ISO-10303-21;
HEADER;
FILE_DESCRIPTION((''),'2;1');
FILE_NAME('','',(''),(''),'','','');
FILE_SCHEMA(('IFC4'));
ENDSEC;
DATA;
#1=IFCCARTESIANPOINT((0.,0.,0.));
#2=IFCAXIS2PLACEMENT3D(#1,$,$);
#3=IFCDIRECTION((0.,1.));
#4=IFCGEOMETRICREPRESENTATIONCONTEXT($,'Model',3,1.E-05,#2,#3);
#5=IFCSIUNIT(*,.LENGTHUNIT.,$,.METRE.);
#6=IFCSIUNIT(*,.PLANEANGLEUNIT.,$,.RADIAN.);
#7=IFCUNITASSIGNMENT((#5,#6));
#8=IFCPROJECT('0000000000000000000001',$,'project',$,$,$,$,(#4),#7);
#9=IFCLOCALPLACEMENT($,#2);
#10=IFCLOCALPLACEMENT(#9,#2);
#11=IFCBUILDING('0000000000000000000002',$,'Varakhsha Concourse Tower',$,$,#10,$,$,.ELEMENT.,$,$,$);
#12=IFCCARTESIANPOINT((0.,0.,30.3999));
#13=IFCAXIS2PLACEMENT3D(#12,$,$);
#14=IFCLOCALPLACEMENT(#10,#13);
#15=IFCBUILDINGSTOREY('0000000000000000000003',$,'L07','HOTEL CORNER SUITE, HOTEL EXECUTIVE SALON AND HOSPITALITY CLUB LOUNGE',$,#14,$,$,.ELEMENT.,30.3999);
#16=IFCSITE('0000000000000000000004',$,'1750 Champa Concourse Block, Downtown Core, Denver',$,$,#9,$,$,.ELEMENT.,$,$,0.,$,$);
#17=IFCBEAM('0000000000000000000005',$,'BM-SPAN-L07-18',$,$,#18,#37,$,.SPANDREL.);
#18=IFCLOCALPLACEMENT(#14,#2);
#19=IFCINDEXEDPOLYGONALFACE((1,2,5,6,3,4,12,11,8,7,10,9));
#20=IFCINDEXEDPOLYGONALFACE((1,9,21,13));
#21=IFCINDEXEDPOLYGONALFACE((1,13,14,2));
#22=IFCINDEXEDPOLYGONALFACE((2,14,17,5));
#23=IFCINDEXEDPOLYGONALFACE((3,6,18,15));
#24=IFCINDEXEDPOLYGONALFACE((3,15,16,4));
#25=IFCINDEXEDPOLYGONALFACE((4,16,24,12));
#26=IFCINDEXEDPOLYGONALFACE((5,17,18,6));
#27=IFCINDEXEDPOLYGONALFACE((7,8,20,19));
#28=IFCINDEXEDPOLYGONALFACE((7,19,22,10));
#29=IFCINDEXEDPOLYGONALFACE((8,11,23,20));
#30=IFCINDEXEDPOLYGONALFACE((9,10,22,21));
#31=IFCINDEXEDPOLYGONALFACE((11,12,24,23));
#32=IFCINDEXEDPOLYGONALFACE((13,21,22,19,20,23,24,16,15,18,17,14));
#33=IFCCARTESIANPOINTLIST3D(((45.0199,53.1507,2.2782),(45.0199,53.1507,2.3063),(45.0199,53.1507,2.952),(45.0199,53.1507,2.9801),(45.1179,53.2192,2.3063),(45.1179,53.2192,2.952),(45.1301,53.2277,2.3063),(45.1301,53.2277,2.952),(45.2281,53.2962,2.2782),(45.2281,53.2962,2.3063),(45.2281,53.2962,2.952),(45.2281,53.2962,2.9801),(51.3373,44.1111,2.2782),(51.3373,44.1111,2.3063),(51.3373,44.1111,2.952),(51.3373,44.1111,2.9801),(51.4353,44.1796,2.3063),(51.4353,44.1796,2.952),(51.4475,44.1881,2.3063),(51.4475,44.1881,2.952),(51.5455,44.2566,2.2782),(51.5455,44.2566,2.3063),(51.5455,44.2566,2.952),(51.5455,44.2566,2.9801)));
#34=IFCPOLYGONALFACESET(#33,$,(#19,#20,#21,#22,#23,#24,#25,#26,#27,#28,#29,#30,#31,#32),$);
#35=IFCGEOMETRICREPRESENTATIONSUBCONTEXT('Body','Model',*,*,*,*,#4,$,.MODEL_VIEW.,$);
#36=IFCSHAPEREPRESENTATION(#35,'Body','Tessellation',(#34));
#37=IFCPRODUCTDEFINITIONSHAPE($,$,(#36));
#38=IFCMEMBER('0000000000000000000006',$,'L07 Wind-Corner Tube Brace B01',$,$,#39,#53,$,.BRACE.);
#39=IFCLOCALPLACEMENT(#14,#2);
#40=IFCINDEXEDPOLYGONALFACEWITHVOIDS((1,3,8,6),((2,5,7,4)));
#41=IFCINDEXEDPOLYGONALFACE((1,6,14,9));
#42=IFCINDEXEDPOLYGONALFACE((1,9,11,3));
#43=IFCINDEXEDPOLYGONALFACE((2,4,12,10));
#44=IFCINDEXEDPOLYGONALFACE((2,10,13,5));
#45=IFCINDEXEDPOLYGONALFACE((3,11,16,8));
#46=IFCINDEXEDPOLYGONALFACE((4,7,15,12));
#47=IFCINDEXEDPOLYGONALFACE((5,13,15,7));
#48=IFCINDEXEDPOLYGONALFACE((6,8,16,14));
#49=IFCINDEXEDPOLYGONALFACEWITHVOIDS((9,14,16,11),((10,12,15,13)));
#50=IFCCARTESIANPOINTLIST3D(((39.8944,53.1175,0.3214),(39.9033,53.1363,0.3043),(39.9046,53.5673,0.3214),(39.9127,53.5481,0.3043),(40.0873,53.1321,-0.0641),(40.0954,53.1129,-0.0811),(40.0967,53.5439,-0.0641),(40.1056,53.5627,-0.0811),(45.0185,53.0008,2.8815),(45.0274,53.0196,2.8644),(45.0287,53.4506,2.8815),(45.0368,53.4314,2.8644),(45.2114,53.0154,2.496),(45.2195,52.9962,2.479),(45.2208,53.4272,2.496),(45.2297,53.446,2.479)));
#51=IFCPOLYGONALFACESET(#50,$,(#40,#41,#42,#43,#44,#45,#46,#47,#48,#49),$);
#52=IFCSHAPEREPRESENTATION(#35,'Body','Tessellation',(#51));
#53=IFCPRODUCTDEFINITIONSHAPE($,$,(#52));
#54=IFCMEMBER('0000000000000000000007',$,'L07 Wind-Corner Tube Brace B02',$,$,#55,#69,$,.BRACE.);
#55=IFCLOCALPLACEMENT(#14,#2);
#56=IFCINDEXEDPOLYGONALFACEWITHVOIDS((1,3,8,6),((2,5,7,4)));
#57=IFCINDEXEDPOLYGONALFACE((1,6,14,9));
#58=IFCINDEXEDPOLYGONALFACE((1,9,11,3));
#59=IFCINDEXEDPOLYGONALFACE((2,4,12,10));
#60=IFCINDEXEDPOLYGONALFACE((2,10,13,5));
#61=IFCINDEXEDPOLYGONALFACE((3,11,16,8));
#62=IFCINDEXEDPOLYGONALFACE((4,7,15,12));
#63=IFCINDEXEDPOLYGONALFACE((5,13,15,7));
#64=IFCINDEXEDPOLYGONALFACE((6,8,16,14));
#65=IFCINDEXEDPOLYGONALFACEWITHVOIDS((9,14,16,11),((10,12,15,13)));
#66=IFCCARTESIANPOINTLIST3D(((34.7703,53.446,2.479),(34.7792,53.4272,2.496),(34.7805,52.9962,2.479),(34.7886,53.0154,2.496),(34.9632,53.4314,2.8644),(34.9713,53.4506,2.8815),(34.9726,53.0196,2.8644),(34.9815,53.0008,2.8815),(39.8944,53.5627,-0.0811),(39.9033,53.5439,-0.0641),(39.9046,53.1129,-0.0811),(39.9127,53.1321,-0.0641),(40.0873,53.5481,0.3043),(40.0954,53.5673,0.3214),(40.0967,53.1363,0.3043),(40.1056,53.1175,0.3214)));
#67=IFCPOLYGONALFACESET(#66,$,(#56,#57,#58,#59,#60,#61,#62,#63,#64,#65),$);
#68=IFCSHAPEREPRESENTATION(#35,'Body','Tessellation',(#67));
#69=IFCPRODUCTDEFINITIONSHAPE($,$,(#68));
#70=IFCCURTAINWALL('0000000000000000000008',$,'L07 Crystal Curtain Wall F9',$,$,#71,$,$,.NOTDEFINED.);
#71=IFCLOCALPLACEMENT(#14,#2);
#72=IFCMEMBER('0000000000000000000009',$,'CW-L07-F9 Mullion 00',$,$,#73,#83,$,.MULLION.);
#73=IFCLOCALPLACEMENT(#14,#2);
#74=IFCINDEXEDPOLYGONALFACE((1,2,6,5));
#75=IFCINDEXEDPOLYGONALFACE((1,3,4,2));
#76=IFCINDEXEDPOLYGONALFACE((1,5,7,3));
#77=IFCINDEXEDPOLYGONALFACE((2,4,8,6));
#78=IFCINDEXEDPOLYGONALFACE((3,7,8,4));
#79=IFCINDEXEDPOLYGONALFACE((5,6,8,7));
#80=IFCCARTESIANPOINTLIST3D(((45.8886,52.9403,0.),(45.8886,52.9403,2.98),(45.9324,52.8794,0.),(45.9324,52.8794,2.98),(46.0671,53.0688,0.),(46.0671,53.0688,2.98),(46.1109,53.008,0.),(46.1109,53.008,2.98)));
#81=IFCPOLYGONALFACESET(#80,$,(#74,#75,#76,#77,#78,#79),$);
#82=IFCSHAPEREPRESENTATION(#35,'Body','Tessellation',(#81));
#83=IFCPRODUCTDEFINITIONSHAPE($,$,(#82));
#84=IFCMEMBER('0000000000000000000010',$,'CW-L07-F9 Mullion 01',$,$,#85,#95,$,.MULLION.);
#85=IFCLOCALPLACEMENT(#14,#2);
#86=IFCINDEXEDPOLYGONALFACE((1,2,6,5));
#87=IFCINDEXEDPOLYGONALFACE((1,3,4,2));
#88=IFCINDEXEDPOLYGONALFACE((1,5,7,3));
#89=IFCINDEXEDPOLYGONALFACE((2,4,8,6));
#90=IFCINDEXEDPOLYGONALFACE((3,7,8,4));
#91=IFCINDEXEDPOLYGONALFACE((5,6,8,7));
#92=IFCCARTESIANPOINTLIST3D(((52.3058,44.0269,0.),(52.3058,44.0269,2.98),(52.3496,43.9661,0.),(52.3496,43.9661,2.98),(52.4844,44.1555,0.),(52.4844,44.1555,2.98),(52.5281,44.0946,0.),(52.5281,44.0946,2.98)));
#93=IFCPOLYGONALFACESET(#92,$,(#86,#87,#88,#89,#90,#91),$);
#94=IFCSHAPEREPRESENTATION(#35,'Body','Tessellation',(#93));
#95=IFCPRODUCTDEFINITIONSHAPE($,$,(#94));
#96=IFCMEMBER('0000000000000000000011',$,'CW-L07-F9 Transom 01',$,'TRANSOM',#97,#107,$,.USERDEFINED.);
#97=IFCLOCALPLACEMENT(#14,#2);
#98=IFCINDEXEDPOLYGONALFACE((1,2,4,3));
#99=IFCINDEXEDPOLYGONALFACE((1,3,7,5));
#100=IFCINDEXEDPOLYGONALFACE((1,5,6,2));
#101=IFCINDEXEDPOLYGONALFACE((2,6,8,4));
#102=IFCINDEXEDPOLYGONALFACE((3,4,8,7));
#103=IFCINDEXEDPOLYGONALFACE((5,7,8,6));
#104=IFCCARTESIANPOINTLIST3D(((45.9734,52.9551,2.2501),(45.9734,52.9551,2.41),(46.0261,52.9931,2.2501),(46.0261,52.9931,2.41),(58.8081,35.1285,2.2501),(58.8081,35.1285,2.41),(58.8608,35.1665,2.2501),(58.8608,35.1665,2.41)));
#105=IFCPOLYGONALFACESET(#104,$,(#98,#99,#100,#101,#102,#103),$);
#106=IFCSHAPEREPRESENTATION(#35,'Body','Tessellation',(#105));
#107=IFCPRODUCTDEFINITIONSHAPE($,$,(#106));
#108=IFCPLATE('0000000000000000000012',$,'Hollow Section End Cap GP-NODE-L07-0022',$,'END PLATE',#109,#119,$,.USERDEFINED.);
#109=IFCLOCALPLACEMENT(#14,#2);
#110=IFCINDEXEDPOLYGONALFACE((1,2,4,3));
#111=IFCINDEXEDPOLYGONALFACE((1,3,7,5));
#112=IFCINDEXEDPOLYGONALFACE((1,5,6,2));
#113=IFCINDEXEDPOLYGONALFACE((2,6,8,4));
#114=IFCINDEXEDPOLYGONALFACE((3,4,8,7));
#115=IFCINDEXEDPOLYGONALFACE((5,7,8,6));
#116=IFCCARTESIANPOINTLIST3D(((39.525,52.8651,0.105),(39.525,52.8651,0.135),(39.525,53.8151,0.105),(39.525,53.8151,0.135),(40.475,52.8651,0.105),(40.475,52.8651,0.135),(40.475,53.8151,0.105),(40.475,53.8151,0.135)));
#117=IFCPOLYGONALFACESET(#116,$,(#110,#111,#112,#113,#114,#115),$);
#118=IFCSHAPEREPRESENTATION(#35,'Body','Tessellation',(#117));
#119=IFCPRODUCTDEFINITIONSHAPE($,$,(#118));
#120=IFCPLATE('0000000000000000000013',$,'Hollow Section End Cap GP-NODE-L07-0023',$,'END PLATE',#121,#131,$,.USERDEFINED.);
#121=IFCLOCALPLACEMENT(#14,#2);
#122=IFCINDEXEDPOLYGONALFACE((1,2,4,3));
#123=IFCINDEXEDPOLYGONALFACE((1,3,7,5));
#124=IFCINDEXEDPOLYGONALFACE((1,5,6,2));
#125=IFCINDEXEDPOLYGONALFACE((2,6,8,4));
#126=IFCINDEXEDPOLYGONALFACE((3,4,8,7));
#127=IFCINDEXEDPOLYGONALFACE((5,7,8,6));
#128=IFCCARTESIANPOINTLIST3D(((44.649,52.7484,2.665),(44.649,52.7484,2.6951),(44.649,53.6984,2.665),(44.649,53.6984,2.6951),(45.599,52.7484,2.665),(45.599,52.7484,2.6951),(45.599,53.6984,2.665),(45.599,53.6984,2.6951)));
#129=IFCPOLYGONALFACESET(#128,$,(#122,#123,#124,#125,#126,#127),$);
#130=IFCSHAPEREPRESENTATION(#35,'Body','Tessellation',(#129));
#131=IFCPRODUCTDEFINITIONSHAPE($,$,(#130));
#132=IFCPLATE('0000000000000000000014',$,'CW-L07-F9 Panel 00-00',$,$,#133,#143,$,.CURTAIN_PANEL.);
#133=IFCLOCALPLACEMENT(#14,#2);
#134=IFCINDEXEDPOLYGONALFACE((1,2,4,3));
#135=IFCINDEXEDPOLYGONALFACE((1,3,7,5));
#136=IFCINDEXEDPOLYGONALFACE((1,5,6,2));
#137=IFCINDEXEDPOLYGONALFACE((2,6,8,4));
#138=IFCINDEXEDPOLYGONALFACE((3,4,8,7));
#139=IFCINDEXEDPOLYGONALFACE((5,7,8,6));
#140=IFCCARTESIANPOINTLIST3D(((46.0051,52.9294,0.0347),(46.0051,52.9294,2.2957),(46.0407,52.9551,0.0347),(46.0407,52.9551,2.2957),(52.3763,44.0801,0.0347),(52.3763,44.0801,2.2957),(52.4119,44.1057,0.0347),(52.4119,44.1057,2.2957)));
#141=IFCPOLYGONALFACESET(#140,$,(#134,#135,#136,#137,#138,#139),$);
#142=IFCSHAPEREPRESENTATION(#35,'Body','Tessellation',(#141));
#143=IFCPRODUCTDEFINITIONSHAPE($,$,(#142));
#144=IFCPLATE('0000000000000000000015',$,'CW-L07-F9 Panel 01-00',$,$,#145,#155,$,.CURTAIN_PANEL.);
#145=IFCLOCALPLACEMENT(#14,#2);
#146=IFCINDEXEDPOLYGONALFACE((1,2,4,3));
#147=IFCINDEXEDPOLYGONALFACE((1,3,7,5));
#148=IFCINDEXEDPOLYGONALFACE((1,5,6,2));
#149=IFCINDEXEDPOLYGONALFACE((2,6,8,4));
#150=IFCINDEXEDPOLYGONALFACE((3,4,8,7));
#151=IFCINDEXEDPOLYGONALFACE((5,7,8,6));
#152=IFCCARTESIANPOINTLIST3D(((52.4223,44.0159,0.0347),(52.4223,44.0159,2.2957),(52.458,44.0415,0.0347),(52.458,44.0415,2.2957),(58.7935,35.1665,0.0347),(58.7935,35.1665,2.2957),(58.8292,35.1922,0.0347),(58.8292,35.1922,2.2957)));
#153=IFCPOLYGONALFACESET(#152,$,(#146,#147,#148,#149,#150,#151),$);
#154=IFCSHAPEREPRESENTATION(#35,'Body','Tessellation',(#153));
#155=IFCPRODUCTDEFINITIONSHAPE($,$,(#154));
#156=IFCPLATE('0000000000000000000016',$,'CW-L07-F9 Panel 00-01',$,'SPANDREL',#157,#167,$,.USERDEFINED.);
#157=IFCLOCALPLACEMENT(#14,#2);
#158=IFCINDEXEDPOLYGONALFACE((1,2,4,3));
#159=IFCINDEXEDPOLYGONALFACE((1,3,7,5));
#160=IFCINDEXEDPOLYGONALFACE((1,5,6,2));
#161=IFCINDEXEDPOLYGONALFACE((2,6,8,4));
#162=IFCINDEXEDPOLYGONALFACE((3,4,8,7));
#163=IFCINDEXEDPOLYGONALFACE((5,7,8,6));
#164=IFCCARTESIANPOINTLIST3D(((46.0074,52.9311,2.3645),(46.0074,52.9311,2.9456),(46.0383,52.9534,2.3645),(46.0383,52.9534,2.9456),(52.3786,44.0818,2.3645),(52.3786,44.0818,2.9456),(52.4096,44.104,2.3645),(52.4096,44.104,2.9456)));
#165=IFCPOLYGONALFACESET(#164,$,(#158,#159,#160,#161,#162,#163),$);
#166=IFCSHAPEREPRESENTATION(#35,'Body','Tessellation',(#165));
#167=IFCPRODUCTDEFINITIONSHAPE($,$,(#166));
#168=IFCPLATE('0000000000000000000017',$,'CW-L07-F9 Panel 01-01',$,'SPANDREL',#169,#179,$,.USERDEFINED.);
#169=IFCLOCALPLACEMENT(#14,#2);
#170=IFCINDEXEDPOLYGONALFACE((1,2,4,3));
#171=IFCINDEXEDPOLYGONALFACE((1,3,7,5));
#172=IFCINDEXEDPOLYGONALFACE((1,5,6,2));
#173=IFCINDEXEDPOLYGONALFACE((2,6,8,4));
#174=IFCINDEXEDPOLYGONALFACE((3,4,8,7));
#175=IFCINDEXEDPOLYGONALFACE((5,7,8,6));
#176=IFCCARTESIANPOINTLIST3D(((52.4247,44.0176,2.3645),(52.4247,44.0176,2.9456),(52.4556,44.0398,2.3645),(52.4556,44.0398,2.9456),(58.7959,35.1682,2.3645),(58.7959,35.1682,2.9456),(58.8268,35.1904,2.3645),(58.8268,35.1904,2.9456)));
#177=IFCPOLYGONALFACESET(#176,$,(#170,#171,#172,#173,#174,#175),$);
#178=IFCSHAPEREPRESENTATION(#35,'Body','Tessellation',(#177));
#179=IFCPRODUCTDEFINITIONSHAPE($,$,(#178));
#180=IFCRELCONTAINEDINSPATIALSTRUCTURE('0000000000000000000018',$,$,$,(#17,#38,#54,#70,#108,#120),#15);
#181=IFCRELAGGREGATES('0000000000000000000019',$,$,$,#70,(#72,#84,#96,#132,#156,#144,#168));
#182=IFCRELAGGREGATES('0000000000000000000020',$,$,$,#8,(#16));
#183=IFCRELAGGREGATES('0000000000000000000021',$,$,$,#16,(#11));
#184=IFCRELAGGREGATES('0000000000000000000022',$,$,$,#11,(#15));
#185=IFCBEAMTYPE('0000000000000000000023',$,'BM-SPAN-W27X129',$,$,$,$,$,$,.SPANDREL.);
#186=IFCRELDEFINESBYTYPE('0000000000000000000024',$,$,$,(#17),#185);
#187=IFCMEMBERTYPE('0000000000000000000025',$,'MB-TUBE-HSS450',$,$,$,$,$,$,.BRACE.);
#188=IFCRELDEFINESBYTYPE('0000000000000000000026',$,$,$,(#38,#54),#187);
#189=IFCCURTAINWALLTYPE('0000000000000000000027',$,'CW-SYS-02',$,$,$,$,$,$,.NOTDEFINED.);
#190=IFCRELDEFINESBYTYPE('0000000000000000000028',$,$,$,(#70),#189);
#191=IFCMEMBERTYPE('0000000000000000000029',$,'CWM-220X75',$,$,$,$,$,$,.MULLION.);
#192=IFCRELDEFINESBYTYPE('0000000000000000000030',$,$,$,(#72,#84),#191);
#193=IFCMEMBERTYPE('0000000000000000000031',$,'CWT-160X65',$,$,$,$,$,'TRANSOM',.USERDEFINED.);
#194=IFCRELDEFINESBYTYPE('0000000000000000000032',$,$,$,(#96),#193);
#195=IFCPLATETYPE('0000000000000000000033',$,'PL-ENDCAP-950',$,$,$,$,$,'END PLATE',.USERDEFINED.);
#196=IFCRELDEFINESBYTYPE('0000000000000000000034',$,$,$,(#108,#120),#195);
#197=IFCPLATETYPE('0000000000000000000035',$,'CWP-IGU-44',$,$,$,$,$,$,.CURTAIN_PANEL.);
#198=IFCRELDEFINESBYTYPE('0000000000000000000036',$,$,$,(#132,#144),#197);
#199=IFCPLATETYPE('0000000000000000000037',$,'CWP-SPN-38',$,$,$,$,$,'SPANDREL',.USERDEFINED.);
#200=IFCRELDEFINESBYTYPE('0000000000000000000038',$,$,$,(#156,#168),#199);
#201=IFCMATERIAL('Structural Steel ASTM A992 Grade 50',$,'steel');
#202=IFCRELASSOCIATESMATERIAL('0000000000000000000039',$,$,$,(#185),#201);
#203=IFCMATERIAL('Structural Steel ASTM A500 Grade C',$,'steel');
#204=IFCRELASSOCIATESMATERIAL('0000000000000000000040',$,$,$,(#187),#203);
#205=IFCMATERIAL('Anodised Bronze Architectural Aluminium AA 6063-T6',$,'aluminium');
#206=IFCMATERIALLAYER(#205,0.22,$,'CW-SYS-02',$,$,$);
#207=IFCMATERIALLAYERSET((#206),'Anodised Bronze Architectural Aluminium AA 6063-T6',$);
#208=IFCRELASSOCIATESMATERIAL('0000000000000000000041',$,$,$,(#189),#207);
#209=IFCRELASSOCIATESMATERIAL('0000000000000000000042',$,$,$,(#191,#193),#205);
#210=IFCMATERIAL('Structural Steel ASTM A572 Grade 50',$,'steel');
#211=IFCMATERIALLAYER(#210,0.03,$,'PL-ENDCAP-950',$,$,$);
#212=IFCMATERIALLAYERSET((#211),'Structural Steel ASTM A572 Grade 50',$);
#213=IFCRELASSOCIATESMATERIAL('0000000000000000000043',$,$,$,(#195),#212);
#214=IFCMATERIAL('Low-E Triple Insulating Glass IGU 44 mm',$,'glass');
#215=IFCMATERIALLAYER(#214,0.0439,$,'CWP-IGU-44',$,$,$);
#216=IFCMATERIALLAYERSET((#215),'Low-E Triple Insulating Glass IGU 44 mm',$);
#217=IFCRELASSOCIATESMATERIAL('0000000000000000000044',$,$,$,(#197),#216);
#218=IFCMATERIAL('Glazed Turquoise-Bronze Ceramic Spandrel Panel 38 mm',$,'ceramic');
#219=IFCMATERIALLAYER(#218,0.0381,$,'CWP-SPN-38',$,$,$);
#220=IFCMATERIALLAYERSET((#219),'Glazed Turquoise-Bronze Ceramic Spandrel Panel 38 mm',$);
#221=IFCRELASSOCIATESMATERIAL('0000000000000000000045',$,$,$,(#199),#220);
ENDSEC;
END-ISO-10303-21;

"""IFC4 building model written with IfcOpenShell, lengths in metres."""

from ifc_helpers import new_model, si_unit, direction, frame, origin, origin_2d, place, context, subcontext, project, spatial, rectangle, hollow_rectangle, i_section, extrude, source, transform, mapped, material, layer, layer_set, material_profile, profile_set, type_object, type_shapes, element, aggregate, save


model = new_model("IFC4")

# Units and contexts
model_context = context("Model", 3, precision=1e-05, world=origin(), true_north=direction((0.0, 1.0)))
body_context = subcontext(model_context, "Body", "Model", "MODEL_VIEW")
ifc_project = project(units=[si_unit("LENGTHUNIT", "METRE"), si_unit("PLANEANGLEUNIT", "RADIAN")], contexts=[model_context])

# Site, building, storey
site_placement = place(None, origin())
site = spatial("IfcSite", under=ifc_project, at=site_placement, Name="1750 Champa Concourse Block, Downtown Core, Denver", CompositionType="ELEMENT", RefElevation=0.0)
building_placement = place(site_placement, origin())
building = spatial("IfcBuilding", under=site, at=building_placement, Name="Varakhsha Concourse Tower", CompositionType="ELEMENT")
storey_placement = place(building_placement, frame((0.0, 0.0, 30.3999)))
storey = spatial("IfcBuildingStorey", under=building, at=storey_placement, Name="L07", Description="HOTEL CORNER SUITE, HOTEL EXECUTIVE SALON AND HOSPITALITY CLUB LOUNGE", CompositionType="ELEMENT", Elevation=30.3999)

# Shared definitions
ifc_material_1 = material(Name="Structural Steel ASTM A992 Grade 50", Category="steel")
ifc_material_2 = material(Name="Structural Steel ASTM A572 Grade 50", Category="steel")

# Beam
ifc_material_profile_1 = material_profile(ifc_material_1, i_section(OverallWidth=0.2539, OverallDepth=0.7019, WebThickness=0.0149, FlangeThickness=0.0281, at=origin_2d()), Name="W27X129")
ifc_profile_set_1 = profile_set([ifc_material_profile_1], Name="Structural Steel ASTM A992 Grade 50")
beam_type_1 = type_object("IfcBeamType", Name="BM-SPAN-W27X129", PredefinedType="SPANDREL", material=ifc_profile_set_1)
beam_1_placement = place(storey_placement, frame((51.4414, 44.1838, 2.6292), z_axis=(-0.572835, 0.819671, 0.0), x_axis=(-0.819671, -0.572835, 0.0)))
element("IfcBeam", 1, at=beam_1_placement, inside=storey, type_object=beam_type_1, Name="BM-SPAN-L07-18", PredefinedType="SPANDREL", context=body_context, shape_type="SweptSolid", body=[
    extrude(i_section(OverallWidth=0.2539, OverallDepth=0.7019, WebThickness=0.0149, FlangeThickness=0.0281, at=origin_2d()), origin(), (0.0, 0.0, 1.0), 11.0283),
])

# Members
ifc_material_3 = material(Name="Structural Steel ASTM A500 Grade C", Category="steel")
ifc_material_profile_2 = material_profile(ifc_material_3, hollow_rectangle(XDim=0.45, YDim=0.45, WallThickness=0.019, at=origin_2d()), Name="HSS 450x450x19")
ifc_profile_set_2 = profile_set([ifc_material_profile_2], Name="Structural Steel ASTM A500 Grade C")
member_type_1 = type_object("IfcMemberType", Name="MB-TUBE-HSS450", PredefinedType="BRACE", material=ifc_profile_set_2)
shared_shape_1 = source(origin(), body_context, "Body", "SweptSolid", [
    extrude(hollow_rectangle(XDim=0.45, YDim=0.45, WallThickness=0.019, at=origin_2d()), origin(), (0.0, 0.0, 1.0), 5.7292),
])
type_shapes(member_type_1, [shared_shape_1])
for number, where, z_axis, x_axis, name in (
    (2, (40.0, 53.3401, 0.1201), (0.894378, -0.020369, 0.446848), (0.022769, 0.999741, 0.0), "L07 Wind-Corner Tube Brace B01"),
    (3, (40.0, 53.3401, 0.1201), (-0.894378, -0.020369, 0.446848), (0.022769, -0.999741, 0.0), "L07 Wind-Corner Tube Brace B02"),
):
    element("IfcMember", number, at=place(storey_placement, frame(where, z_axis=z_axis, x_axis=x_axis)), inside=storey, type_object=member_type_1, Name=name, PredefinedType="BRACE", context=body_context, shape_type="MappedRepresentation", body=[
        mapped(shared_shape_1, transform((0.0, 0.0, 0.0), scale=1.0)),
    ])

# Curtain wall, members
ifc_material_4 = material(Name="Anodised Bronze Architectural Aluminium AA 6063-T6", Category="aluminium")
ifc_layer_1 = layer(ifc_material_4, 0.22, Name="CW-SYS-02")
ifc_layer_set_1 = layer_set([ifc_layer_1], Name="Anodised Bronze Architectural Aluminium AA 6063-T6")
curtain_wall_type = type_object("IfcCurtainWallType", Name="CW-SYS-02", PredefinedType="NOTDEFINED", material=ifc_layer_set_1)
curtain_wall_placement = place(storey_placement, origin())
curtain_wall = element("IfcCurtainWall", 4, at=curtain_wall_placement, inside=storey, type_object=curtain_wall_type, Name="L07 Crystal Curtain Wall F9", PredefinedType="NOTDEFINED")
ifc_material_profile_3 = material_profile(ifc_material_4, rectangle(XDim=0.075, YDim=0.22, at=origin_2d()), Name="CWM-220X75")
ifc_profile_set_3 = profile_set([ifc_material_profile_3], Name="Anodised Bronze Architectural Aluminium AA 6063-T6")
member_type_2 = type_object("IfcMemberType", Name="CWM-220X75", PredefinedType="MULLION", material=ifc_profile_set_3)
shared_shape_2 = source(origin(), body_context, "Body", "SweptSolid", [
    extrude(rectangle(XDim=0.075, YDim=0.22, at=origin_2d()), origin(), (0.0, 0.0, 1.0), 2.98),
])
type_shapes(member_type_2, [shared_shape_2])
member_1_placement = place(storey_placement, frame((45.9998, 52.9741, 0.0), z_axis=(0.0, 0.0, 1.0), x_axis=(0.584284, -0.81155, 0.0)))
member_1 = element("IfcMember", 5, at=member_1_placement, type_object=member_type_2, Name="CW-L07-F9 Mullion 00", PredefinedType="MULLION", context=body_context, shape_type="MappedRepresentation", body=[
    mapped(shared_shape_2, transform((0.0, 0.0, 0.0), scale=1.0)),
])
member_2_placement = place(storey_placement, frame((52.417, 44.0608, 0.0), z_axis=(0.0, 0.0, 1.0), x_axis=(0.584284, -0.81155, 0.0)))
member_2 = element("IfcMember", 6, at=member_2_placement, type_object=member_type_2, Name="CW-L07-F9 Mullion 01", PredefinedType="MULLION", context=body_context, shape_type="MappedRepresentation", body=[
    mapped(shared_shape_2, transform((0.0, 0.0, 0.0), scale=1.0)),
])
ifc_material_profile_4 = material_profile(ifc_material_4, rectangle(XDim=0.0649, YDim=0.1599, at=origin_2d()), Name="CWT-160X65")
ifc_profile_set_4 = profile_set([ifc_material_profile_4], Name="Anodised Bronze Architectural Aluminium AA 6063-T6")
member_type_3 = type_object("IfcMemberType", Name="CWT-160X65", ElementType="TRANSOM", PredefinedType="USERDEFINED", material=ifc_profile_set_4)
shared_shape_3 = source(origin(), body_context, "Body", "SweptSolid", [
    extrude(rectangle(XDim=0.0649, YDim=0.1599, at=origin_2d()), origin(), (0.0, 0.0, 1.0), 21.9663),
])
type_shapes(member_type_3, [shared_shape_3])
member_3_placement = place(storey_placement, frame((45.9998, 52.9741, 2.3301), z_axis=(0.58429, -0.811545, 0.0), x_axis=(0.811545, 0.58429, 0.0)))
member_3 = element("IfcMember", 7, at=member_3_placement, type_object=member_type_3, Name="CW-L07-F9 Transom 01", ObjectType="TRANSOM", PredefinedType="USERDEFINED", context=body_context, shape_type="MappedRepresentation", body=[
    mapped(shared_shape_3, transform((0.0, 0.0, 0.0), scale=1.0)),
])

# Plates
ifc_layer_2 = layer(ifc_material_2, 0.03, Name="PL-ENDCAP-950")
ifc_layer_set_2 = layer_set([ifc_layer_2], Name="Structural Steel ASTM A572 Grade 50")
plate_type_1 = type_object("IfcPlateType", Name="PL-ENDCAP-950", ElementType="END PLATE", PredefinedType="USERDEFINED", material=ifc_layer_set_2)
shared_shape_4 = source(origin(), body_context, "Body", "SweptSolid", [
    extrude(rectangle(XDim=0.95, YDim=0.95, at=origin_2d()), origin(), (0.0, 0.0, 1.0), 0.03),
])
type_shapes(plate_type_1, [shared_shape_4])
for number, where, z_axis, x_axis, name in (
    (8, (40.0, 53.3401, 0.105), (0.0, 0.0, 1.0), (1.0, 0.0, 0.0), "Hollow Section End Cap GP-NODE-L07-0022"),
    (9, (45.124, 53.2234, 2.665), (0.0, 0.0, 1.0), (1.0, 0.0, 0.0), "Hollow Section End Cap GP-NODE-L07-0023"),
):
    element("IfcPlate", number, at=place(storey_placement, frame(where, z_axis=z_axis, x_axis=x_axis)), inside=storey, type_object=plate_type_1, Name=name, ObjectType="END PLATE", PredefinedType="USERDEFINED", context=body_context, shape_type="MappedRepresentation", body=[
        mapped(shared_shape_4, transform((0.0, 0.0, 0.0), scale=1.0)),
    ])

# Plates
ifc_material_5 = material(Name="Low-E Triple Insulating Glass IGU 44 mm", Category="glass")
ifc_layer_3 = layer(ifc_material_5, 0.0439, Name="CWP-IGU-44")
ifc_layer_set_3 = layer_set([ifc_layer_3], Name="Low-E Triple Insulating Glass IGU 44 mm")
plate_type_2 = type_object("IfcPlateType", Name="CWP-IGU-44", PredefinedType="CURTAIN_PANEL", material=ifc_layer_set_3)
shared_shape_5 = source(origin(), body_context, "Body", "SweptSolid", [
    extrude(rectangle(XDim=10.9043, YDim=0.0439, at=origin_2d()), origin(), (0.0, 0.0, 1.0), 2.261),
])
type_shapes(plate_type_2, [shared_shape_5])
plate_1_placement = place(storey_placement, frame((49.2085, 48.5176, 0.0347), z_axis=(0.0, 0.0, 1.0), x_axis=(0.584284, -0.81155, 0.0)))
plate_1 = element("IfcPlate", 10, at=plate_1_placement, type_object=plate_type_2, Name="CW-L07-F9 Panel 00-00", PredefinedType="CURTAIN_PANEL", context=body_context, shape_type="MappedRepresentation", body=[
    mapped(shared_shape_5, transform((0.0, 0.0, 0.0), scale=1.0)),
])
plate_2_placement = place(storey_placement, frame((55.6257, 39.604, 0.0347), z_axis=(0.0, 0.0, 1.0), x_axis=(0.584284, -0.81155, 0.0)))
plate_2 = element("IfcPlate", 11, at=plate_2_placement, type_object=plate_type_2, Name="CW-L07-F9 Panel 01-00", PredefinedType="CURTAIN_PANEL", context=body_context, shape_type="MappedRepresentation", body=[
    mapped(shared_shape_5, transform((0.0, 0.0, 0.0), scale=1.0)),
])
ifc_material_6 = material(Name="Glazed Turquoise-Bronze Ceramic Spandrel Panel 38 mm", Category="ceramic")
ifc_layer_4 = layer(ifc_material_6, 0.0381, Name="CWP-SPN-38")
ifc_layer_set_4 = layer_set([ifc_layer_4], Name="Glazed Turquoise-Bronze Ceramic Spandrel Panel 38 mm")
plate_type_3 = type_object("IfcPlateType", Name="CWP-SPN-38", ElementType="SPANDREL", PredefinedType="USERDEFINED", material=ifc_layer_set_4)
shared_shape_6 = source(origin(), body_context, "Body", "SweptSolid", [
    extrude(rectangle(XDim=10.9043, YDim=0.0381, at=origin_2d()), origin(), (0.0, 0.0, 1.0), 0.5811),
])
type_shapes(plate_type_3, [shared_shape_6])
plate_3_placement = place(storey_placement, frame((49.2085, 48.5176, 2.3645), z_axis=(0.0, 0.0, 1.0), x_axis=(0.584284, -0.81155, 0.0)))
plate_3 = element("IfcPlate", 12, at=plate_3_placement, type_object=plate_type_3, Name="CW-L07-F9 Panel 00-01", ObjectType="SPANDREL", PredefinedType="USERDEFINED", context=body_context, shape_type="MappedRepresentation", body=[
    mapped(shared_shape_6, transform((0.0, 0.0, 0.0), scale=1.0)),
])
plate_4_placement = place(storey_placement, frame((55.6257, 39.604, 2.3645), z_axis=(0.0, 0.0, 1.0), x_axis=(0.584284, -0.81155, 0.0)))
plate_4 = element("IfcPlate", 13, at=plate_4_placement, type_object=plate_type_3, Name="CW-L07-F9 Panel 01-01", ObjectType="SPANDREL", PredefinedType="USERDEFINED", context=body_context, shape_type="MappedRepresentation", body=[
    mapped(shared_shape_6, transform((0.0, 0.0, 0.0), scale=1.0)),
])
aggregate(curtain_wall, [member_1, member_2, member_3, plate_1, plate_3, plate_2, plate_4])

save(model, "model.ifc")
